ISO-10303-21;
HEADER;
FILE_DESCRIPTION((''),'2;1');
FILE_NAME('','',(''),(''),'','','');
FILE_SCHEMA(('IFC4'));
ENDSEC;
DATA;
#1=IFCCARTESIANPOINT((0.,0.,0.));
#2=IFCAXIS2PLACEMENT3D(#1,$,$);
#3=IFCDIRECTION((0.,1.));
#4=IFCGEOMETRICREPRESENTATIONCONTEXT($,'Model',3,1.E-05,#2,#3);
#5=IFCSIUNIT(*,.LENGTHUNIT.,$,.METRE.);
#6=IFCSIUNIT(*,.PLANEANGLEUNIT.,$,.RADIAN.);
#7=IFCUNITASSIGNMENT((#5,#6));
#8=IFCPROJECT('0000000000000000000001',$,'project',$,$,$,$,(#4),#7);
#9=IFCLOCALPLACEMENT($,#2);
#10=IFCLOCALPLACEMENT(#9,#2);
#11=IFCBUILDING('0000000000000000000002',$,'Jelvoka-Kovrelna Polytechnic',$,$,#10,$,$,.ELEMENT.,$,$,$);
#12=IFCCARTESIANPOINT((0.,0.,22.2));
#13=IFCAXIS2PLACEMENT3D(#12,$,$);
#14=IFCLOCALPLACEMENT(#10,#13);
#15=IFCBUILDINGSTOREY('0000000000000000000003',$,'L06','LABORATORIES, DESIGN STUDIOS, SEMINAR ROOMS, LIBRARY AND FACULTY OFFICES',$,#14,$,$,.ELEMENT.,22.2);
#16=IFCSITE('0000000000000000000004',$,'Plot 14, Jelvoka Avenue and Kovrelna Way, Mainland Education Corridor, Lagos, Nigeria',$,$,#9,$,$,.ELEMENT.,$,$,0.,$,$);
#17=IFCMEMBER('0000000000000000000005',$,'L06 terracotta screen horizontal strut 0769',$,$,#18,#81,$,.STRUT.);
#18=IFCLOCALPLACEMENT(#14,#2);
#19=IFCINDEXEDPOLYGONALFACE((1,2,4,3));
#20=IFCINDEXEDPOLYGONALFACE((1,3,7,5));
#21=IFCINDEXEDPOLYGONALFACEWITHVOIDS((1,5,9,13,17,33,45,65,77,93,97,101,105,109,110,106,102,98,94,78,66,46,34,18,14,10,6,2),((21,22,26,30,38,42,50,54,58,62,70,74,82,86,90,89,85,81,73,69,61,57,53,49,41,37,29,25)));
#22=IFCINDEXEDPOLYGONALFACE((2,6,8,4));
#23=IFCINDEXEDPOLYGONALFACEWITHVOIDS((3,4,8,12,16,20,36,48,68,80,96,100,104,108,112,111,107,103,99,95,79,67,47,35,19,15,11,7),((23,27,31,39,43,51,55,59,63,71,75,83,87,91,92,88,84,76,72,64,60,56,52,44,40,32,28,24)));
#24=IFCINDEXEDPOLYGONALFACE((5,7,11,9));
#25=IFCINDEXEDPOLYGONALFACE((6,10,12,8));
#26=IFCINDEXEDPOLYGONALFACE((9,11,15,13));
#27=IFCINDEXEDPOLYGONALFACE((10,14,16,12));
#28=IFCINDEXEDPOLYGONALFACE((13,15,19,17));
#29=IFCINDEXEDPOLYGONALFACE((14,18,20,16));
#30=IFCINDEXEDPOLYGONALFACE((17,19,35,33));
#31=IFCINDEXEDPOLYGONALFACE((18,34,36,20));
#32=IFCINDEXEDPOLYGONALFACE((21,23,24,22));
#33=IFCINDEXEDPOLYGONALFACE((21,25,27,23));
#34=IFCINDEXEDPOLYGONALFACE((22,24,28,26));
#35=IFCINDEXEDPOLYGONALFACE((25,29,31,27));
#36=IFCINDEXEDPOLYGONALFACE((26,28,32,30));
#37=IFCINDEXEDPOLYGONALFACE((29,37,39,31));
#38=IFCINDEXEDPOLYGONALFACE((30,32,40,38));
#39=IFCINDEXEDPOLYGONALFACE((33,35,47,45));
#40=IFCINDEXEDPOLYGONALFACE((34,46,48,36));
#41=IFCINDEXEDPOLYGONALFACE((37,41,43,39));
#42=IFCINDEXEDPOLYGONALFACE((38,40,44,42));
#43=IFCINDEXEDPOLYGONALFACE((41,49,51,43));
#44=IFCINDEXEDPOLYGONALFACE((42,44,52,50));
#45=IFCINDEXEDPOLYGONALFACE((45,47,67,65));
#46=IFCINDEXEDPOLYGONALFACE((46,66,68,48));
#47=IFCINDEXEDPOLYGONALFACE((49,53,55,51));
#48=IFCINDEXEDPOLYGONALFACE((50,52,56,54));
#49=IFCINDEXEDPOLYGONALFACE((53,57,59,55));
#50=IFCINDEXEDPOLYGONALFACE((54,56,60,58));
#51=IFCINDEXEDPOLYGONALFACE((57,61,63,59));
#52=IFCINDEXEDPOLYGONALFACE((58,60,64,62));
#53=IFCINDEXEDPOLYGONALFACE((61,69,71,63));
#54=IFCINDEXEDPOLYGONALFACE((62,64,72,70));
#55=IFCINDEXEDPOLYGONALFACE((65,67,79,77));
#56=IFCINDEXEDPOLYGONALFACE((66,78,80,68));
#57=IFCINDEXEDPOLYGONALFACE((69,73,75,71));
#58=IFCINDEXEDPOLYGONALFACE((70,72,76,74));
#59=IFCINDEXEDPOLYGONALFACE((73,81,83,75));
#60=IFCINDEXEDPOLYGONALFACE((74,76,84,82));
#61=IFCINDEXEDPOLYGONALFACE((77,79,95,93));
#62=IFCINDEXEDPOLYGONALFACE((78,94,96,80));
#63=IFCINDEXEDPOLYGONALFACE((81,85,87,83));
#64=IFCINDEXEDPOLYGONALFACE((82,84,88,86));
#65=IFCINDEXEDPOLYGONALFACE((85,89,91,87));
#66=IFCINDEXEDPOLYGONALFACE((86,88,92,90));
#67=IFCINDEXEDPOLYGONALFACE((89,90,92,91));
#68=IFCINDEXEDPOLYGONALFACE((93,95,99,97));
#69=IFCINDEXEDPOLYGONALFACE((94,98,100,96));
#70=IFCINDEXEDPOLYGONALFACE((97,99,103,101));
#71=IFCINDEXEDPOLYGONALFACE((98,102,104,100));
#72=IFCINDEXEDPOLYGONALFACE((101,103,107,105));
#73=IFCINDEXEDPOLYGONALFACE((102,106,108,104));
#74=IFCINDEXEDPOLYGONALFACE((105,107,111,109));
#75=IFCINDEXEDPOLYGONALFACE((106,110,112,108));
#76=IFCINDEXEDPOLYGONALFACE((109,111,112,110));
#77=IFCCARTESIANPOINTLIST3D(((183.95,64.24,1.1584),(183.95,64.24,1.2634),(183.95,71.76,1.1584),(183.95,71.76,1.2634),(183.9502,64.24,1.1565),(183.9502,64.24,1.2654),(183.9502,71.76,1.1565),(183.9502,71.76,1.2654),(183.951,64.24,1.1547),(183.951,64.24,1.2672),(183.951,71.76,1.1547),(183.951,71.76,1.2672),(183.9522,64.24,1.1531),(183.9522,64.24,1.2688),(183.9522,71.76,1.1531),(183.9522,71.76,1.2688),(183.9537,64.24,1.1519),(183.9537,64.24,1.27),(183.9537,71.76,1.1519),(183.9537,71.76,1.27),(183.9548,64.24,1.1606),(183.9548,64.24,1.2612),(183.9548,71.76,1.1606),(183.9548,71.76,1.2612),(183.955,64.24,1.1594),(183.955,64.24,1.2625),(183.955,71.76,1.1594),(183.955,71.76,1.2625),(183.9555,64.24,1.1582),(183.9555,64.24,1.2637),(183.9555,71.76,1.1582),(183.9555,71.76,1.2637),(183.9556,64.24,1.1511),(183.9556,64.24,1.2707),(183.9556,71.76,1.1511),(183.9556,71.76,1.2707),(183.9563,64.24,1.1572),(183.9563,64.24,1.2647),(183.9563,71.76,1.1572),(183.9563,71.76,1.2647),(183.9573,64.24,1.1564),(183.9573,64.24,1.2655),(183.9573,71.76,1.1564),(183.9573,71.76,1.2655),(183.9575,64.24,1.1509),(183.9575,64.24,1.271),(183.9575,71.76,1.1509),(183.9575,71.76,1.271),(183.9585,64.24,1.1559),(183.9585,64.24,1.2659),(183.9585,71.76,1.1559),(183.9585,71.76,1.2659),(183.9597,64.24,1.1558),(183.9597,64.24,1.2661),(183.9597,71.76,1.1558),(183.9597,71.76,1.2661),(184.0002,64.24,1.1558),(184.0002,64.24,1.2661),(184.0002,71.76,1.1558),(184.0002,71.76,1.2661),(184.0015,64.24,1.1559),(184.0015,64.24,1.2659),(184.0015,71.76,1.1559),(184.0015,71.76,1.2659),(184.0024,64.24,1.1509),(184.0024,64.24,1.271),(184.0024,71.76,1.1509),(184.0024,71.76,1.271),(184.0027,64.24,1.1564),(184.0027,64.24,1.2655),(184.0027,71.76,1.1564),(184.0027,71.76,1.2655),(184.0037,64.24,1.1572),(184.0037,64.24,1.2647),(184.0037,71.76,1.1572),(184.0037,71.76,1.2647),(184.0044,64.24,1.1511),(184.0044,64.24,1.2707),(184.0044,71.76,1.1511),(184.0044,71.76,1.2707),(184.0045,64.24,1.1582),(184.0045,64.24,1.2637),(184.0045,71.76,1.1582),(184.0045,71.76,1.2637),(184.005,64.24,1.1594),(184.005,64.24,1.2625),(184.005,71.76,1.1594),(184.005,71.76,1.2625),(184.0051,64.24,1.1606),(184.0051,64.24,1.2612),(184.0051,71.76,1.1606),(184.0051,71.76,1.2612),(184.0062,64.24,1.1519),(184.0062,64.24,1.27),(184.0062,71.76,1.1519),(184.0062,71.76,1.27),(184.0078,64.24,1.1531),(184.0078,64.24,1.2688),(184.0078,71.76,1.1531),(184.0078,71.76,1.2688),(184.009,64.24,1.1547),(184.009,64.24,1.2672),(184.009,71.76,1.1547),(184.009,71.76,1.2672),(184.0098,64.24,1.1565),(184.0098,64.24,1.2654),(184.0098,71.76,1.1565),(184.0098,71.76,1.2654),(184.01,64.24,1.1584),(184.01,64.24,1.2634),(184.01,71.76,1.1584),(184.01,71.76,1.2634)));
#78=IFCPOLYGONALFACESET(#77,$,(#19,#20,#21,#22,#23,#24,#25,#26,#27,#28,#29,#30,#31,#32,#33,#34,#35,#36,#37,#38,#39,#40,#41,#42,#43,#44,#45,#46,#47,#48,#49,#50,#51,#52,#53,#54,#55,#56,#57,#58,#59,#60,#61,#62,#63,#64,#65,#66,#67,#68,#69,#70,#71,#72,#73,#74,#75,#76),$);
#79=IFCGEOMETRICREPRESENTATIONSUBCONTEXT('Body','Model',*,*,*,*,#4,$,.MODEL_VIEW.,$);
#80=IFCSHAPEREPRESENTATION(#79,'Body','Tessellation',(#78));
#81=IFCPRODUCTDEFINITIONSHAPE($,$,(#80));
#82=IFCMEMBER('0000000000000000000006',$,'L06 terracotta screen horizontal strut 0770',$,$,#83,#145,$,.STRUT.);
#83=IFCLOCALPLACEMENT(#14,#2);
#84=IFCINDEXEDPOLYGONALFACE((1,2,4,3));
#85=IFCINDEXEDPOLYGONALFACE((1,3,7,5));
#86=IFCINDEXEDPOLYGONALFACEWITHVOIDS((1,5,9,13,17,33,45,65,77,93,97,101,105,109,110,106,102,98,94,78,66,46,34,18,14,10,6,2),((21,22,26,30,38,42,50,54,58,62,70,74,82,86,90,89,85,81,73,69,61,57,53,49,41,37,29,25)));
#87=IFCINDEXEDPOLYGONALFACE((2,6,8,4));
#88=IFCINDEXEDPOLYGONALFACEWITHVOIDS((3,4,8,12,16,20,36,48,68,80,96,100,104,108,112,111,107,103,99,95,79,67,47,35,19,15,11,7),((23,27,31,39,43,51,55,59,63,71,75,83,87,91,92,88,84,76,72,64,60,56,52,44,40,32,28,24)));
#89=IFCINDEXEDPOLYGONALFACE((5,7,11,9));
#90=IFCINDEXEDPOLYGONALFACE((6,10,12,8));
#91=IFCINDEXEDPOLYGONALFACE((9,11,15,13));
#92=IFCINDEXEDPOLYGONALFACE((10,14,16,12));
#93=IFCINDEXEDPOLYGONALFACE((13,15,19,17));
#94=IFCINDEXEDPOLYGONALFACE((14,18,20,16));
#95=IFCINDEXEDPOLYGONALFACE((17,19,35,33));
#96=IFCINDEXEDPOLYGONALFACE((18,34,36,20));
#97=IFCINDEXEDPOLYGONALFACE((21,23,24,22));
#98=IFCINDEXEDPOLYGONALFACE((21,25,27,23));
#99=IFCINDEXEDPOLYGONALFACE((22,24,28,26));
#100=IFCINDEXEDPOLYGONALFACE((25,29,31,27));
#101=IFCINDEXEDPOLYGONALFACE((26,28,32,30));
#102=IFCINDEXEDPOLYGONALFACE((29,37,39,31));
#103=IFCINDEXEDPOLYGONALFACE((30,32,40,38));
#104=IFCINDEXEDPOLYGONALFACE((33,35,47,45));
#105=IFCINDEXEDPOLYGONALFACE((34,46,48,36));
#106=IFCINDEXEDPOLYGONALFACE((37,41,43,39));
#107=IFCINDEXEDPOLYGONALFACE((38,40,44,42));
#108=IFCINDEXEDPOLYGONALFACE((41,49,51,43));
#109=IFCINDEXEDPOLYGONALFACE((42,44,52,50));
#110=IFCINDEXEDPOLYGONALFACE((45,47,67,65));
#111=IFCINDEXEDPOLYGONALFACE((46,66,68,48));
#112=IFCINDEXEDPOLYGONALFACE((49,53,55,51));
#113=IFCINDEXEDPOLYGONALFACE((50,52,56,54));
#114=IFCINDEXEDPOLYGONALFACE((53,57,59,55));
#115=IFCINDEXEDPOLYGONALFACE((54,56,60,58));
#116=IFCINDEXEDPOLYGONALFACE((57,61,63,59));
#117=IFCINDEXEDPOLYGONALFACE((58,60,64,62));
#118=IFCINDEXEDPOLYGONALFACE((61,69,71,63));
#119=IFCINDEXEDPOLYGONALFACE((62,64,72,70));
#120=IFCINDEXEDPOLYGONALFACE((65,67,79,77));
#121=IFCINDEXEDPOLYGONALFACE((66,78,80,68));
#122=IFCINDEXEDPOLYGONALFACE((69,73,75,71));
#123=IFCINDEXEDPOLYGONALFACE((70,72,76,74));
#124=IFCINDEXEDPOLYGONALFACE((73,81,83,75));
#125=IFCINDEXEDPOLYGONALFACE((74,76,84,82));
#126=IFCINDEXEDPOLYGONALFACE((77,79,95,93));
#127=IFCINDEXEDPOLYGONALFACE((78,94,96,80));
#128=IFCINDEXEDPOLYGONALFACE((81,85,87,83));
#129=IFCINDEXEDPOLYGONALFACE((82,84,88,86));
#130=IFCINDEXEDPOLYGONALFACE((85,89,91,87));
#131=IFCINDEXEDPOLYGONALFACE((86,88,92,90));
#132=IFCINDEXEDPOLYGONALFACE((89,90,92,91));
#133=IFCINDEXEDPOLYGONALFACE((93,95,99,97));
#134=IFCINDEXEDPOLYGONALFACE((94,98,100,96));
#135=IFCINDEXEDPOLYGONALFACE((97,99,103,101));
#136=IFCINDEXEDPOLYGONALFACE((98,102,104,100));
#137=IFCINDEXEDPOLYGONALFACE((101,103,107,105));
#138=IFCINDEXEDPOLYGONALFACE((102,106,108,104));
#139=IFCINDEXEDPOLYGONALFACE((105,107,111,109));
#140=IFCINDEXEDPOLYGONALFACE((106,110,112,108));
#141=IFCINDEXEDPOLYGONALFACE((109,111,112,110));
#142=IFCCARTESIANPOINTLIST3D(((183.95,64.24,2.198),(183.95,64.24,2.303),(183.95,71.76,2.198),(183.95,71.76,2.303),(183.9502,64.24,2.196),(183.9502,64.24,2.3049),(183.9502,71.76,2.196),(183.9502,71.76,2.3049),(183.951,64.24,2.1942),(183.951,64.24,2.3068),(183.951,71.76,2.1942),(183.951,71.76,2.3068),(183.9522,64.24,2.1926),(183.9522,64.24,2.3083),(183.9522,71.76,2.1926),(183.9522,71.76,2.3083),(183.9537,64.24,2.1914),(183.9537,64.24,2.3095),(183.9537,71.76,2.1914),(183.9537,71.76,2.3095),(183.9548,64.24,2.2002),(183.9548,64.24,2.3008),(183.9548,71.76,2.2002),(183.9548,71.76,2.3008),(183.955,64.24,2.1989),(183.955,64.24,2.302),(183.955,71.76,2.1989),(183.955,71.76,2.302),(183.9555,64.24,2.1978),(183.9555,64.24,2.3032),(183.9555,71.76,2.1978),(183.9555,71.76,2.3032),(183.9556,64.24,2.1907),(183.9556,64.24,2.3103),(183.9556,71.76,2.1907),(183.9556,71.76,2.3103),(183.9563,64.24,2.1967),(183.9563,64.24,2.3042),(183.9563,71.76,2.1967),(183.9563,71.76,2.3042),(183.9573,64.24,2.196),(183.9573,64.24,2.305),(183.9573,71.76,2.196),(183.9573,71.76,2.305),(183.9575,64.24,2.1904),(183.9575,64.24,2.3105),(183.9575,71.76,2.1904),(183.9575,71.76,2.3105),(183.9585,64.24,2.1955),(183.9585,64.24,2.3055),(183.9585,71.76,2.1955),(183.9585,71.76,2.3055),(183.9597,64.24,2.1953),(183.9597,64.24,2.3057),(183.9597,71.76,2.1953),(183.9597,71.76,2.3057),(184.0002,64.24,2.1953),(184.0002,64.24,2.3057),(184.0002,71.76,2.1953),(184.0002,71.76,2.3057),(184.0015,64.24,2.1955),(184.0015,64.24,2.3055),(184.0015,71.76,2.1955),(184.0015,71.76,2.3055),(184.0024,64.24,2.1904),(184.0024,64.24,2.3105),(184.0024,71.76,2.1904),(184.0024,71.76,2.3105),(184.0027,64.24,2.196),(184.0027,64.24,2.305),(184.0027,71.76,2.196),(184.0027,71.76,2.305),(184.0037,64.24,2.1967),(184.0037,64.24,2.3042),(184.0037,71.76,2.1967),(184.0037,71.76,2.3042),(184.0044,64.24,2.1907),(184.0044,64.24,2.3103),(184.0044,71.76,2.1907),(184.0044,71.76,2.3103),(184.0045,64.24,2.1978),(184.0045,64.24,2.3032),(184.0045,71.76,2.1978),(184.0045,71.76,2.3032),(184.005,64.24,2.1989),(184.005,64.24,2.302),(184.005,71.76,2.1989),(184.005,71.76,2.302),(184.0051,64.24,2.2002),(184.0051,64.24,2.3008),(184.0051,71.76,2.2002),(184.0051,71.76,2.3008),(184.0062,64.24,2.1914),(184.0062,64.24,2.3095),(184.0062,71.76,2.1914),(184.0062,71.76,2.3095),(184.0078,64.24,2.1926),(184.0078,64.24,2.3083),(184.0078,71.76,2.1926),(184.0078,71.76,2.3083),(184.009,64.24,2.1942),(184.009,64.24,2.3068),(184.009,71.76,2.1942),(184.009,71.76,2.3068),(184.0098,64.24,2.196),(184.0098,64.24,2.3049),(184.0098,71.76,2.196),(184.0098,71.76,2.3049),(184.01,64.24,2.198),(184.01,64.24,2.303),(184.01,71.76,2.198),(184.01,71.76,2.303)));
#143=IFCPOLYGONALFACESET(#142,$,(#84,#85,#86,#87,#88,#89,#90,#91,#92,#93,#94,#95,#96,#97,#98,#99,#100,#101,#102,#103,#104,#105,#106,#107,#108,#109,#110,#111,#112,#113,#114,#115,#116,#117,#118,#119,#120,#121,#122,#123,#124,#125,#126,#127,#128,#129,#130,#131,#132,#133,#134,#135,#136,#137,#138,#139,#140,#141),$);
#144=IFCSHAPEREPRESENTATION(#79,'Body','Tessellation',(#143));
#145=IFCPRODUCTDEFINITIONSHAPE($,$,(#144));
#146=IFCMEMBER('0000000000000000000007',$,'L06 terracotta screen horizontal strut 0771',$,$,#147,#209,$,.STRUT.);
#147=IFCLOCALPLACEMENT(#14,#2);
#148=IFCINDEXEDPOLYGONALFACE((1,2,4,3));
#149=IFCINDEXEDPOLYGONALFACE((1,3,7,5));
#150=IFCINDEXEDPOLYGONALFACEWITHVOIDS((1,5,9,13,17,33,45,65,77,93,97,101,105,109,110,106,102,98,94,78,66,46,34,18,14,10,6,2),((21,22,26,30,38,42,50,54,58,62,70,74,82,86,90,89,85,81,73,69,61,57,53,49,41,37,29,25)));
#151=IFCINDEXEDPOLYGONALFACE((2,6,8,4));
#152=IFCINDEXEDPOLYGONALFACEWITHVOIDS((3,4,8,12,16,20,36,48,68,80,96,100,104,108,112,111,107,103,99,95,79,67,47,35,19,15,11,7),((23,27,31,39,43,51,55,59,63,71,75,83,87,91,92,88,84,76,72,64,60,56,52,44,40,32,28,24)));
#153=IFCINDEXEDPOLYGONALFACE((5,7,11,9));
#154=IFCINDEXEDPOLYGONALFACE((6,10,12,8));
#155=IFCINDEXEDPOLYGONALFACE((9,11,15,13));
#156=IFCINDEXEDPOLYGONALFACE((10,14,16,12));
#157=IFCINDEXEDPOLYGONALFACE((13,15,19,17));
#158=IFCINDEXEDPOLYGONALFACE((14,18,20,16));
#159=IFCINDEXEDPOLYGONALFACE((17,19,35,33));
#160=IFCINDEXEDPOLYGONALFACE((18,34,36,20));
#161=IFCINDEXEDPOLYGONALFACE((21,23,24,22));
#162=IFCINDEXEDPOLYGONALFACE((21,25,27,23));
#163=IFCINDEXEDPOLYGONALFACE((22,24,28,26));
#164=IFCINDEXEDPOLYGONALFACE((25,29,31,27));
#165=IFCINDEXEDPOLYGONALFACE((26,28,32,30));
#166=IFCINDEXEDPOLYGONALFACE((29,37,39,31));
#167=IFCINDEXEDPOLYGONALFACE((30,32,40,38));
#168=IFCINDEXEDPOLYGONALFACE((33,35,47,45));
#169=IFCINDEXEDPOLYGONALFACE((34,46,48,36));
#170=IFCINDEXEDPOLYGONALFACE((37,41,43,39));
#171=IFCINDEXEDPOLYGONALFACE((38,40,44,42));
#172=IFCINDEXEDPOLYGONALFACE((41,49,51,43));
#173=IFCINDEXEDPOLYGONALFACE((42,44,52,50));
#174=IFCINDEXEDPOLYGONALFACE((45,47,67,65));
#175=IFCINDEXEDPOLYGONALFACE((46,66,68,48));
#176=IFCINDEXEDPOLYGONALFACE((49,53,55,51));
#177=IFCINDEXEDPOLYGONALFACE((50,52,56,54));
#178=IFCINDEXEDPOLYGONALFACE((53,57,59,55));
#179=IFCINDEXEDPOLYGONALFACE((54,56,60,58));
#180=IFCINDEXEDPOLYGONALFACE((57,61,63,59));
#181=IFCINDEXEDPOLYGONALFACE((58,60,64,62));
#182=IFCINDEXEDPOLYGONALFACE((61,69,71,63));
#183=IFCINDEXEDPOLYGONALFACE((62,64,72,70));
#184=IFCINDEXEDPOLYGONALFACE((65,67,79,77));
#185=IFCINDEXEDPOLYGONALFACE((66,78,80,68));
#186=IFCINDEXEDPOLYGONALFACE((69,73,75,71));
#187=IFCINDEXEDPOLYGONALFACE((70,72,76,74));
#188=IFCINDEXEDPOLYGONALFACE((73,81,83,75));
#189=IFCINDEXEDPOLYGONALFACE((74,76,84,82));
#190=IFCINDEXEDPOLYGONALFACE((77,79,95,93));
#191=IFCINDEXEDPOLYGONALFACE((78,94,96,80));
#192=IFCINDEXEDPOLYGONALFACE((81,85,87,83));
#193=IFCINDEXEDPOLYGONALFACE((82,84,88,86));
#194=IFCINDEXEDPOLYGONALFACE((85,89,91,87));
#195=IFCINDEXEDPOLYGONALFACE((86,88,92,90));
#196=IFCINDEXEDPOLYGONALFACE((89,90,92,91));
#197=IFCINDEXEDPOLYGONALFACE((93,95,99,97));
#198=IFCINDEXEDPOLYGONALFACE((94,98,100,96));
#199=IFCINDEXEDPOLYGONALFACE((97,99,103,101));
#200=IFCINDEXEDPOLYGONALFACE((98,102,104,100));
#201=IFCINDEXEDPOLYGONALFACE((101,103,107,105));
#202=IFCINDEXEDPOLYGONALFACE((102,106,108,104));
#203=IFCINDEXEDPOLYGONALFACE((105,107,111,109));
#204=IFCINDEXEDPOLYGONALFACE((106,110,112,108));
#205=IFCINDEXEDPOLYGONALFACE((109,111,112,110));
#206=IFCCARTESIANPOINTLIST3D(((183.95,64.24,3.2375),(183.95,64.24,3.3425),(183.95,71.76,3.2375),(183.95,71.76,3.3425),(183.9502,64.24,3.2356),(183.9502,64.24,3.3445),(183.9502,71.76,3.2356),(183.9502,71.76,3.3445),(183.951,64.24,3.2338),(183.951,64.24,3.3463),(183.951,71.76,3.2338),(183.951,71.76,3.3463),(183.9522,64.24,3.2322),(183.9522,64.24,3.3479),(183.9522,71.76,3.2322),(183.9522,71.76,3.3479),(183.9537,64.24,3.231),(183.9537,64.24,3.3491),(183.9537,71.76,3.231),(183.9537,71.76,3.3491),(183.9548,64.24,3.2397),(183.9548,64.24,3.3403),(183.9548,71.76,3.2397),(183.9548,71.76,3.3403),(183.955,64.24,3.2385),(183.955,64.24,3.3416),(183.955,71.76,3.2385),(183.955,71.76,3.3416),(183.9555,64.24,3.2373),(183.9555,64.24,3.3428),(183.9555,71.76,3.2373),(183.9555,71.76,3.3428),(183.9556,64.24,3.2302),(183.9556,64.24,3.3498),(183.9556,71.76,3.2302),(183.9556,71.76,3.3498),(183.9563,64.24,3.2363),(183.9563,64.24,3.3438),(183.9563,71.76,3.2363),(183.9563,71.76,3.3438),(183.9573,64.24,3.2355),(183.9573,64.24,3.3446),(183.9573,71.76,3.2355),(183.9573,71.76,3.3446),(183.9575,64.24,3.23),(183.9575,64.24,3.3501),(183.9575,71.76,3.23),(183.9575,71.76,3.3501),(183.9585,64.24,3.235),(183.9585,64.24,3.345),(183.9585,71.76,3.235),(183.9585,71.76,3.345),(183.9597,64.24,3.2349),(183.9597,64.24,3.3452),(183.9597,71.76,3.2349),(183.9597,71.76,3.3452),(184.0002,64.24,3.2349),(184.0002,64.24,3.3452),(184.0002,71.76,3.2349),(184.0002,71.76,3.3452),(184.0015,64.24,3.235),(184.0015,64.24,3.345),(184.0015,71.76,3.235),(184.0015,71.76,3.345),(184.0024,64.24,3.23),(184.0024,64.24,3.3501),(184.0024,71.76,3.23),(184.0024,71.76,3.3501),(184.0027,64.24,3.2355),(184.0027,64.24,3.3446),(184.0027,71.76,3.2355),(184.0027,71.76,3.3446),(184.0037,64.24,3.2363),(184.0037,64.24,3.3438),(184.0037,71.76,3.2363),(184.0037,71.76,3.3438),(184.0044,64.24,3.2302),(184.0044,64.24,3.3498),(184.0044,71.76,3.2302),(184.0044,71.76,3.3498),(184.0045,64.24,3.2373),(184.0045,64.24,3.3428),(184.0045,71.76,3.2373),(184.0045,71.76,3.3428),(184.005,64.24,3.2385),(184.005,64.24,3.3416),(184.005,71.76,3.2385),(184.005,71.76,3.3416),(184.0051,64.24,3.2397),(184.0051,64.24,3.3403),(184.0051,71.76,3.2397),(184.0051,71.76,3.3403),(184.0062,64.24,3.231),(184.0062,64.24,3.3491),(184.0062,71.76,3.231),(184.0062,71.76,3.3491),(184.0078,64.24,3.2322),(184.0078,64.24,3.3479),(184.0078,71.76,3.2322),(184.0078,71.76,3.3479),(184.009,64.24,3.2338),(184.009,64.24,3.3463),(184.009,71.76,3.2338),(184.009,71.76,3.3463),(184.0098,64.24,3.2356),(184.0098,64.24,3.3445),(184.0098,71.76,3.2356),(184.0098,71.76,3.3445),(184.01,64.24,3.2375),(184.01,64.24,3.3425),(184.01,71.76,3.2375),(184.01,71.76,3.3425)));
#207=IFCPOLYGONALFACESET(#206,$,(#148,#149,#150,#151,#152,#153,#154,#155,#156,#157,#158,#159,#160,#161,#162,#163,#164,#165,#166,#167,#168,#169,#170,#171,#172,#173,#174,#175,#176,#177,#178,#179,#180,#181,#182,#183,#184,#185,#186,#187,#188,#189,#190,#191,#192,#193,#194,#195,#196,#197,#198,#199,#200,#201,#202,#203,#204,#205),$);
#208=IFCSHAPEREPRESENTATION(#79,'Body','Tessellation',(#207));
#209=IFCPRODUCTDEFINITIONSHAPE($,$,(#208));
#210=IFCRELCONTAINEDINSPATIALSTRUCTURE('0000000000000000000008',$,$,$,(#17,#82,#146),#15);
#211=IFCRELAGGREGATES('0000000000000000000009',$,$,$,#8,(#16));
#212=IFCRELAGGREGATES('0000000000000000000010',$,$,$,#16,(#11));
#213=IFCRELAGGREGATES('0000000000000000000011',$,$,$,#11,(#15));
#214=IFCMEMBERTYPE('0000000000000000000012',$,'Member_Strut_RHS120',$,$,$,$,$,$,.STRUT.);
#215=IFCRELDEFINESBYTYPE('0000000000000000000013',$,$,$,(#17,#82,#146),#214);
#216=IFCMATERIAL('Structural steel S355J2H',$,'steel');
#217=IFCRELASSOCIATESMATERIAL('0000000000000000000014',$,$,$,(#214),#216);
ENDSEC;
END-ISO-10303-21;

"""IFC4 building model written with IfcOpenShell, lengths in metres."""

from ifc_helpers import new_model, si_unit, direction, frame, origin, origin_2d, place, context, subcontext, project, spatial, hollow_rectangle, extrude, material, material_profile, profile_set, type_object, element, save


model = new_model("IFC4")

# Units and contexts
model_context = context("Model", 3, precision=1e-05, world=origin(), true_north=direction((0.0, 1.0)))
body_context = subcontext(model_context, "Body", "Model", "MODEL_VIEW")
ifc_project = project(units=[si_unit("LENGTHUNIT", "METRE"), si_unit("PLANEANGLEUNIT", "RADIAN")], contexts=[model_context])

# Site, building, storey
site_placement = place(None, origin())
site = spatial("IfcSite", under=ifc_project, at=site_placement, Name="Plot 14, Jelvoka Avenue and Kovrelna Way, Mainland Education Corridor, Lagos, Nigeria", CompositionType="ELEMENT", RefElevation=0.0)
building_placement = place(site_placement, origin())
building = spatial("IfcBuilding", under=site, at=building_placement, Name="Jelvoka-Kovrelna Polytechnic", CompositionType="ELEMENT")
storey_placement = place(building_placement, frame((0.0, 0.0, 22.2)))
storey = spatial("IfcBuildingStorey", under=building, at=storey_placement, Name="L06", Description="LABORATORIES, DESIGN STUDIOS, SEMINAR ROOMS, LIBRARY AND FACULTY OFFICES", CompositionType="ELEMENT", Elevation=22.2)

# Members
ifc_material_1 = material(Name="Structural steel S355J2H", Category="steel")
ifc_material_profile_1 = material_profile(ifc_material_1, hollow_rectangle(XDim=0.0601, YDim=0.1201, WallThickness=0.0049, InnerFilletRadius=0.0049, OuterFilletRadius=0.0076, at=origin_2d()), Name="120x60x5.0 RHS")
ifc_profile_set_1 = profile_set([ifc_material_profile_1], Name="Structural steel S355J2H")
member_type_1 = type_object("IfcMemberType", Name="Member_Strut_RHS120", PredefinedType="STRUT", material=ifc_profile_set_1)
for number, where, z_axis, x_axis, name in (
    (1, (183.98, 64.24, 1.2109), (0.0, 1.0, 0.0), (-1.0, 0.0, 0.0), "L06 terracotta screen horizontal strut 0769"),
    (2, (183.98, 64.24, 2.2505), (0.0, 1.0, 0.0), (-1.0, 0.0, 0.0), "L06 terracotta screen horizontal strut 0770"),
    (3, (183.98, 64.24, 3.29), (0.0, 1.0, 0.0), (-1.0, 0.0, 0.0), "L06 terracotta screen horizontal strut 0771"),
):
    element("IfcMember", number, at=place(storey_placement, frame(where, z_axis=z_axis, x_axis=x_axis)), inside=storey, type_object=member_type_1, Name=name, PredefinedType="STRUT", context=body_context, shape_type="SweptSolid", body=[
        extrude(hollow_rectangle(XDim=0.0601, YDim=0.1201, WallThickness=0.0049, InnerFilletRadius=0.0049, OuterFilletRadius=0.0076, at=origin_2d()), origin(), (0.0, 0.0, 1.0), 7.52),
    ])

save(model, "model.ifc")
